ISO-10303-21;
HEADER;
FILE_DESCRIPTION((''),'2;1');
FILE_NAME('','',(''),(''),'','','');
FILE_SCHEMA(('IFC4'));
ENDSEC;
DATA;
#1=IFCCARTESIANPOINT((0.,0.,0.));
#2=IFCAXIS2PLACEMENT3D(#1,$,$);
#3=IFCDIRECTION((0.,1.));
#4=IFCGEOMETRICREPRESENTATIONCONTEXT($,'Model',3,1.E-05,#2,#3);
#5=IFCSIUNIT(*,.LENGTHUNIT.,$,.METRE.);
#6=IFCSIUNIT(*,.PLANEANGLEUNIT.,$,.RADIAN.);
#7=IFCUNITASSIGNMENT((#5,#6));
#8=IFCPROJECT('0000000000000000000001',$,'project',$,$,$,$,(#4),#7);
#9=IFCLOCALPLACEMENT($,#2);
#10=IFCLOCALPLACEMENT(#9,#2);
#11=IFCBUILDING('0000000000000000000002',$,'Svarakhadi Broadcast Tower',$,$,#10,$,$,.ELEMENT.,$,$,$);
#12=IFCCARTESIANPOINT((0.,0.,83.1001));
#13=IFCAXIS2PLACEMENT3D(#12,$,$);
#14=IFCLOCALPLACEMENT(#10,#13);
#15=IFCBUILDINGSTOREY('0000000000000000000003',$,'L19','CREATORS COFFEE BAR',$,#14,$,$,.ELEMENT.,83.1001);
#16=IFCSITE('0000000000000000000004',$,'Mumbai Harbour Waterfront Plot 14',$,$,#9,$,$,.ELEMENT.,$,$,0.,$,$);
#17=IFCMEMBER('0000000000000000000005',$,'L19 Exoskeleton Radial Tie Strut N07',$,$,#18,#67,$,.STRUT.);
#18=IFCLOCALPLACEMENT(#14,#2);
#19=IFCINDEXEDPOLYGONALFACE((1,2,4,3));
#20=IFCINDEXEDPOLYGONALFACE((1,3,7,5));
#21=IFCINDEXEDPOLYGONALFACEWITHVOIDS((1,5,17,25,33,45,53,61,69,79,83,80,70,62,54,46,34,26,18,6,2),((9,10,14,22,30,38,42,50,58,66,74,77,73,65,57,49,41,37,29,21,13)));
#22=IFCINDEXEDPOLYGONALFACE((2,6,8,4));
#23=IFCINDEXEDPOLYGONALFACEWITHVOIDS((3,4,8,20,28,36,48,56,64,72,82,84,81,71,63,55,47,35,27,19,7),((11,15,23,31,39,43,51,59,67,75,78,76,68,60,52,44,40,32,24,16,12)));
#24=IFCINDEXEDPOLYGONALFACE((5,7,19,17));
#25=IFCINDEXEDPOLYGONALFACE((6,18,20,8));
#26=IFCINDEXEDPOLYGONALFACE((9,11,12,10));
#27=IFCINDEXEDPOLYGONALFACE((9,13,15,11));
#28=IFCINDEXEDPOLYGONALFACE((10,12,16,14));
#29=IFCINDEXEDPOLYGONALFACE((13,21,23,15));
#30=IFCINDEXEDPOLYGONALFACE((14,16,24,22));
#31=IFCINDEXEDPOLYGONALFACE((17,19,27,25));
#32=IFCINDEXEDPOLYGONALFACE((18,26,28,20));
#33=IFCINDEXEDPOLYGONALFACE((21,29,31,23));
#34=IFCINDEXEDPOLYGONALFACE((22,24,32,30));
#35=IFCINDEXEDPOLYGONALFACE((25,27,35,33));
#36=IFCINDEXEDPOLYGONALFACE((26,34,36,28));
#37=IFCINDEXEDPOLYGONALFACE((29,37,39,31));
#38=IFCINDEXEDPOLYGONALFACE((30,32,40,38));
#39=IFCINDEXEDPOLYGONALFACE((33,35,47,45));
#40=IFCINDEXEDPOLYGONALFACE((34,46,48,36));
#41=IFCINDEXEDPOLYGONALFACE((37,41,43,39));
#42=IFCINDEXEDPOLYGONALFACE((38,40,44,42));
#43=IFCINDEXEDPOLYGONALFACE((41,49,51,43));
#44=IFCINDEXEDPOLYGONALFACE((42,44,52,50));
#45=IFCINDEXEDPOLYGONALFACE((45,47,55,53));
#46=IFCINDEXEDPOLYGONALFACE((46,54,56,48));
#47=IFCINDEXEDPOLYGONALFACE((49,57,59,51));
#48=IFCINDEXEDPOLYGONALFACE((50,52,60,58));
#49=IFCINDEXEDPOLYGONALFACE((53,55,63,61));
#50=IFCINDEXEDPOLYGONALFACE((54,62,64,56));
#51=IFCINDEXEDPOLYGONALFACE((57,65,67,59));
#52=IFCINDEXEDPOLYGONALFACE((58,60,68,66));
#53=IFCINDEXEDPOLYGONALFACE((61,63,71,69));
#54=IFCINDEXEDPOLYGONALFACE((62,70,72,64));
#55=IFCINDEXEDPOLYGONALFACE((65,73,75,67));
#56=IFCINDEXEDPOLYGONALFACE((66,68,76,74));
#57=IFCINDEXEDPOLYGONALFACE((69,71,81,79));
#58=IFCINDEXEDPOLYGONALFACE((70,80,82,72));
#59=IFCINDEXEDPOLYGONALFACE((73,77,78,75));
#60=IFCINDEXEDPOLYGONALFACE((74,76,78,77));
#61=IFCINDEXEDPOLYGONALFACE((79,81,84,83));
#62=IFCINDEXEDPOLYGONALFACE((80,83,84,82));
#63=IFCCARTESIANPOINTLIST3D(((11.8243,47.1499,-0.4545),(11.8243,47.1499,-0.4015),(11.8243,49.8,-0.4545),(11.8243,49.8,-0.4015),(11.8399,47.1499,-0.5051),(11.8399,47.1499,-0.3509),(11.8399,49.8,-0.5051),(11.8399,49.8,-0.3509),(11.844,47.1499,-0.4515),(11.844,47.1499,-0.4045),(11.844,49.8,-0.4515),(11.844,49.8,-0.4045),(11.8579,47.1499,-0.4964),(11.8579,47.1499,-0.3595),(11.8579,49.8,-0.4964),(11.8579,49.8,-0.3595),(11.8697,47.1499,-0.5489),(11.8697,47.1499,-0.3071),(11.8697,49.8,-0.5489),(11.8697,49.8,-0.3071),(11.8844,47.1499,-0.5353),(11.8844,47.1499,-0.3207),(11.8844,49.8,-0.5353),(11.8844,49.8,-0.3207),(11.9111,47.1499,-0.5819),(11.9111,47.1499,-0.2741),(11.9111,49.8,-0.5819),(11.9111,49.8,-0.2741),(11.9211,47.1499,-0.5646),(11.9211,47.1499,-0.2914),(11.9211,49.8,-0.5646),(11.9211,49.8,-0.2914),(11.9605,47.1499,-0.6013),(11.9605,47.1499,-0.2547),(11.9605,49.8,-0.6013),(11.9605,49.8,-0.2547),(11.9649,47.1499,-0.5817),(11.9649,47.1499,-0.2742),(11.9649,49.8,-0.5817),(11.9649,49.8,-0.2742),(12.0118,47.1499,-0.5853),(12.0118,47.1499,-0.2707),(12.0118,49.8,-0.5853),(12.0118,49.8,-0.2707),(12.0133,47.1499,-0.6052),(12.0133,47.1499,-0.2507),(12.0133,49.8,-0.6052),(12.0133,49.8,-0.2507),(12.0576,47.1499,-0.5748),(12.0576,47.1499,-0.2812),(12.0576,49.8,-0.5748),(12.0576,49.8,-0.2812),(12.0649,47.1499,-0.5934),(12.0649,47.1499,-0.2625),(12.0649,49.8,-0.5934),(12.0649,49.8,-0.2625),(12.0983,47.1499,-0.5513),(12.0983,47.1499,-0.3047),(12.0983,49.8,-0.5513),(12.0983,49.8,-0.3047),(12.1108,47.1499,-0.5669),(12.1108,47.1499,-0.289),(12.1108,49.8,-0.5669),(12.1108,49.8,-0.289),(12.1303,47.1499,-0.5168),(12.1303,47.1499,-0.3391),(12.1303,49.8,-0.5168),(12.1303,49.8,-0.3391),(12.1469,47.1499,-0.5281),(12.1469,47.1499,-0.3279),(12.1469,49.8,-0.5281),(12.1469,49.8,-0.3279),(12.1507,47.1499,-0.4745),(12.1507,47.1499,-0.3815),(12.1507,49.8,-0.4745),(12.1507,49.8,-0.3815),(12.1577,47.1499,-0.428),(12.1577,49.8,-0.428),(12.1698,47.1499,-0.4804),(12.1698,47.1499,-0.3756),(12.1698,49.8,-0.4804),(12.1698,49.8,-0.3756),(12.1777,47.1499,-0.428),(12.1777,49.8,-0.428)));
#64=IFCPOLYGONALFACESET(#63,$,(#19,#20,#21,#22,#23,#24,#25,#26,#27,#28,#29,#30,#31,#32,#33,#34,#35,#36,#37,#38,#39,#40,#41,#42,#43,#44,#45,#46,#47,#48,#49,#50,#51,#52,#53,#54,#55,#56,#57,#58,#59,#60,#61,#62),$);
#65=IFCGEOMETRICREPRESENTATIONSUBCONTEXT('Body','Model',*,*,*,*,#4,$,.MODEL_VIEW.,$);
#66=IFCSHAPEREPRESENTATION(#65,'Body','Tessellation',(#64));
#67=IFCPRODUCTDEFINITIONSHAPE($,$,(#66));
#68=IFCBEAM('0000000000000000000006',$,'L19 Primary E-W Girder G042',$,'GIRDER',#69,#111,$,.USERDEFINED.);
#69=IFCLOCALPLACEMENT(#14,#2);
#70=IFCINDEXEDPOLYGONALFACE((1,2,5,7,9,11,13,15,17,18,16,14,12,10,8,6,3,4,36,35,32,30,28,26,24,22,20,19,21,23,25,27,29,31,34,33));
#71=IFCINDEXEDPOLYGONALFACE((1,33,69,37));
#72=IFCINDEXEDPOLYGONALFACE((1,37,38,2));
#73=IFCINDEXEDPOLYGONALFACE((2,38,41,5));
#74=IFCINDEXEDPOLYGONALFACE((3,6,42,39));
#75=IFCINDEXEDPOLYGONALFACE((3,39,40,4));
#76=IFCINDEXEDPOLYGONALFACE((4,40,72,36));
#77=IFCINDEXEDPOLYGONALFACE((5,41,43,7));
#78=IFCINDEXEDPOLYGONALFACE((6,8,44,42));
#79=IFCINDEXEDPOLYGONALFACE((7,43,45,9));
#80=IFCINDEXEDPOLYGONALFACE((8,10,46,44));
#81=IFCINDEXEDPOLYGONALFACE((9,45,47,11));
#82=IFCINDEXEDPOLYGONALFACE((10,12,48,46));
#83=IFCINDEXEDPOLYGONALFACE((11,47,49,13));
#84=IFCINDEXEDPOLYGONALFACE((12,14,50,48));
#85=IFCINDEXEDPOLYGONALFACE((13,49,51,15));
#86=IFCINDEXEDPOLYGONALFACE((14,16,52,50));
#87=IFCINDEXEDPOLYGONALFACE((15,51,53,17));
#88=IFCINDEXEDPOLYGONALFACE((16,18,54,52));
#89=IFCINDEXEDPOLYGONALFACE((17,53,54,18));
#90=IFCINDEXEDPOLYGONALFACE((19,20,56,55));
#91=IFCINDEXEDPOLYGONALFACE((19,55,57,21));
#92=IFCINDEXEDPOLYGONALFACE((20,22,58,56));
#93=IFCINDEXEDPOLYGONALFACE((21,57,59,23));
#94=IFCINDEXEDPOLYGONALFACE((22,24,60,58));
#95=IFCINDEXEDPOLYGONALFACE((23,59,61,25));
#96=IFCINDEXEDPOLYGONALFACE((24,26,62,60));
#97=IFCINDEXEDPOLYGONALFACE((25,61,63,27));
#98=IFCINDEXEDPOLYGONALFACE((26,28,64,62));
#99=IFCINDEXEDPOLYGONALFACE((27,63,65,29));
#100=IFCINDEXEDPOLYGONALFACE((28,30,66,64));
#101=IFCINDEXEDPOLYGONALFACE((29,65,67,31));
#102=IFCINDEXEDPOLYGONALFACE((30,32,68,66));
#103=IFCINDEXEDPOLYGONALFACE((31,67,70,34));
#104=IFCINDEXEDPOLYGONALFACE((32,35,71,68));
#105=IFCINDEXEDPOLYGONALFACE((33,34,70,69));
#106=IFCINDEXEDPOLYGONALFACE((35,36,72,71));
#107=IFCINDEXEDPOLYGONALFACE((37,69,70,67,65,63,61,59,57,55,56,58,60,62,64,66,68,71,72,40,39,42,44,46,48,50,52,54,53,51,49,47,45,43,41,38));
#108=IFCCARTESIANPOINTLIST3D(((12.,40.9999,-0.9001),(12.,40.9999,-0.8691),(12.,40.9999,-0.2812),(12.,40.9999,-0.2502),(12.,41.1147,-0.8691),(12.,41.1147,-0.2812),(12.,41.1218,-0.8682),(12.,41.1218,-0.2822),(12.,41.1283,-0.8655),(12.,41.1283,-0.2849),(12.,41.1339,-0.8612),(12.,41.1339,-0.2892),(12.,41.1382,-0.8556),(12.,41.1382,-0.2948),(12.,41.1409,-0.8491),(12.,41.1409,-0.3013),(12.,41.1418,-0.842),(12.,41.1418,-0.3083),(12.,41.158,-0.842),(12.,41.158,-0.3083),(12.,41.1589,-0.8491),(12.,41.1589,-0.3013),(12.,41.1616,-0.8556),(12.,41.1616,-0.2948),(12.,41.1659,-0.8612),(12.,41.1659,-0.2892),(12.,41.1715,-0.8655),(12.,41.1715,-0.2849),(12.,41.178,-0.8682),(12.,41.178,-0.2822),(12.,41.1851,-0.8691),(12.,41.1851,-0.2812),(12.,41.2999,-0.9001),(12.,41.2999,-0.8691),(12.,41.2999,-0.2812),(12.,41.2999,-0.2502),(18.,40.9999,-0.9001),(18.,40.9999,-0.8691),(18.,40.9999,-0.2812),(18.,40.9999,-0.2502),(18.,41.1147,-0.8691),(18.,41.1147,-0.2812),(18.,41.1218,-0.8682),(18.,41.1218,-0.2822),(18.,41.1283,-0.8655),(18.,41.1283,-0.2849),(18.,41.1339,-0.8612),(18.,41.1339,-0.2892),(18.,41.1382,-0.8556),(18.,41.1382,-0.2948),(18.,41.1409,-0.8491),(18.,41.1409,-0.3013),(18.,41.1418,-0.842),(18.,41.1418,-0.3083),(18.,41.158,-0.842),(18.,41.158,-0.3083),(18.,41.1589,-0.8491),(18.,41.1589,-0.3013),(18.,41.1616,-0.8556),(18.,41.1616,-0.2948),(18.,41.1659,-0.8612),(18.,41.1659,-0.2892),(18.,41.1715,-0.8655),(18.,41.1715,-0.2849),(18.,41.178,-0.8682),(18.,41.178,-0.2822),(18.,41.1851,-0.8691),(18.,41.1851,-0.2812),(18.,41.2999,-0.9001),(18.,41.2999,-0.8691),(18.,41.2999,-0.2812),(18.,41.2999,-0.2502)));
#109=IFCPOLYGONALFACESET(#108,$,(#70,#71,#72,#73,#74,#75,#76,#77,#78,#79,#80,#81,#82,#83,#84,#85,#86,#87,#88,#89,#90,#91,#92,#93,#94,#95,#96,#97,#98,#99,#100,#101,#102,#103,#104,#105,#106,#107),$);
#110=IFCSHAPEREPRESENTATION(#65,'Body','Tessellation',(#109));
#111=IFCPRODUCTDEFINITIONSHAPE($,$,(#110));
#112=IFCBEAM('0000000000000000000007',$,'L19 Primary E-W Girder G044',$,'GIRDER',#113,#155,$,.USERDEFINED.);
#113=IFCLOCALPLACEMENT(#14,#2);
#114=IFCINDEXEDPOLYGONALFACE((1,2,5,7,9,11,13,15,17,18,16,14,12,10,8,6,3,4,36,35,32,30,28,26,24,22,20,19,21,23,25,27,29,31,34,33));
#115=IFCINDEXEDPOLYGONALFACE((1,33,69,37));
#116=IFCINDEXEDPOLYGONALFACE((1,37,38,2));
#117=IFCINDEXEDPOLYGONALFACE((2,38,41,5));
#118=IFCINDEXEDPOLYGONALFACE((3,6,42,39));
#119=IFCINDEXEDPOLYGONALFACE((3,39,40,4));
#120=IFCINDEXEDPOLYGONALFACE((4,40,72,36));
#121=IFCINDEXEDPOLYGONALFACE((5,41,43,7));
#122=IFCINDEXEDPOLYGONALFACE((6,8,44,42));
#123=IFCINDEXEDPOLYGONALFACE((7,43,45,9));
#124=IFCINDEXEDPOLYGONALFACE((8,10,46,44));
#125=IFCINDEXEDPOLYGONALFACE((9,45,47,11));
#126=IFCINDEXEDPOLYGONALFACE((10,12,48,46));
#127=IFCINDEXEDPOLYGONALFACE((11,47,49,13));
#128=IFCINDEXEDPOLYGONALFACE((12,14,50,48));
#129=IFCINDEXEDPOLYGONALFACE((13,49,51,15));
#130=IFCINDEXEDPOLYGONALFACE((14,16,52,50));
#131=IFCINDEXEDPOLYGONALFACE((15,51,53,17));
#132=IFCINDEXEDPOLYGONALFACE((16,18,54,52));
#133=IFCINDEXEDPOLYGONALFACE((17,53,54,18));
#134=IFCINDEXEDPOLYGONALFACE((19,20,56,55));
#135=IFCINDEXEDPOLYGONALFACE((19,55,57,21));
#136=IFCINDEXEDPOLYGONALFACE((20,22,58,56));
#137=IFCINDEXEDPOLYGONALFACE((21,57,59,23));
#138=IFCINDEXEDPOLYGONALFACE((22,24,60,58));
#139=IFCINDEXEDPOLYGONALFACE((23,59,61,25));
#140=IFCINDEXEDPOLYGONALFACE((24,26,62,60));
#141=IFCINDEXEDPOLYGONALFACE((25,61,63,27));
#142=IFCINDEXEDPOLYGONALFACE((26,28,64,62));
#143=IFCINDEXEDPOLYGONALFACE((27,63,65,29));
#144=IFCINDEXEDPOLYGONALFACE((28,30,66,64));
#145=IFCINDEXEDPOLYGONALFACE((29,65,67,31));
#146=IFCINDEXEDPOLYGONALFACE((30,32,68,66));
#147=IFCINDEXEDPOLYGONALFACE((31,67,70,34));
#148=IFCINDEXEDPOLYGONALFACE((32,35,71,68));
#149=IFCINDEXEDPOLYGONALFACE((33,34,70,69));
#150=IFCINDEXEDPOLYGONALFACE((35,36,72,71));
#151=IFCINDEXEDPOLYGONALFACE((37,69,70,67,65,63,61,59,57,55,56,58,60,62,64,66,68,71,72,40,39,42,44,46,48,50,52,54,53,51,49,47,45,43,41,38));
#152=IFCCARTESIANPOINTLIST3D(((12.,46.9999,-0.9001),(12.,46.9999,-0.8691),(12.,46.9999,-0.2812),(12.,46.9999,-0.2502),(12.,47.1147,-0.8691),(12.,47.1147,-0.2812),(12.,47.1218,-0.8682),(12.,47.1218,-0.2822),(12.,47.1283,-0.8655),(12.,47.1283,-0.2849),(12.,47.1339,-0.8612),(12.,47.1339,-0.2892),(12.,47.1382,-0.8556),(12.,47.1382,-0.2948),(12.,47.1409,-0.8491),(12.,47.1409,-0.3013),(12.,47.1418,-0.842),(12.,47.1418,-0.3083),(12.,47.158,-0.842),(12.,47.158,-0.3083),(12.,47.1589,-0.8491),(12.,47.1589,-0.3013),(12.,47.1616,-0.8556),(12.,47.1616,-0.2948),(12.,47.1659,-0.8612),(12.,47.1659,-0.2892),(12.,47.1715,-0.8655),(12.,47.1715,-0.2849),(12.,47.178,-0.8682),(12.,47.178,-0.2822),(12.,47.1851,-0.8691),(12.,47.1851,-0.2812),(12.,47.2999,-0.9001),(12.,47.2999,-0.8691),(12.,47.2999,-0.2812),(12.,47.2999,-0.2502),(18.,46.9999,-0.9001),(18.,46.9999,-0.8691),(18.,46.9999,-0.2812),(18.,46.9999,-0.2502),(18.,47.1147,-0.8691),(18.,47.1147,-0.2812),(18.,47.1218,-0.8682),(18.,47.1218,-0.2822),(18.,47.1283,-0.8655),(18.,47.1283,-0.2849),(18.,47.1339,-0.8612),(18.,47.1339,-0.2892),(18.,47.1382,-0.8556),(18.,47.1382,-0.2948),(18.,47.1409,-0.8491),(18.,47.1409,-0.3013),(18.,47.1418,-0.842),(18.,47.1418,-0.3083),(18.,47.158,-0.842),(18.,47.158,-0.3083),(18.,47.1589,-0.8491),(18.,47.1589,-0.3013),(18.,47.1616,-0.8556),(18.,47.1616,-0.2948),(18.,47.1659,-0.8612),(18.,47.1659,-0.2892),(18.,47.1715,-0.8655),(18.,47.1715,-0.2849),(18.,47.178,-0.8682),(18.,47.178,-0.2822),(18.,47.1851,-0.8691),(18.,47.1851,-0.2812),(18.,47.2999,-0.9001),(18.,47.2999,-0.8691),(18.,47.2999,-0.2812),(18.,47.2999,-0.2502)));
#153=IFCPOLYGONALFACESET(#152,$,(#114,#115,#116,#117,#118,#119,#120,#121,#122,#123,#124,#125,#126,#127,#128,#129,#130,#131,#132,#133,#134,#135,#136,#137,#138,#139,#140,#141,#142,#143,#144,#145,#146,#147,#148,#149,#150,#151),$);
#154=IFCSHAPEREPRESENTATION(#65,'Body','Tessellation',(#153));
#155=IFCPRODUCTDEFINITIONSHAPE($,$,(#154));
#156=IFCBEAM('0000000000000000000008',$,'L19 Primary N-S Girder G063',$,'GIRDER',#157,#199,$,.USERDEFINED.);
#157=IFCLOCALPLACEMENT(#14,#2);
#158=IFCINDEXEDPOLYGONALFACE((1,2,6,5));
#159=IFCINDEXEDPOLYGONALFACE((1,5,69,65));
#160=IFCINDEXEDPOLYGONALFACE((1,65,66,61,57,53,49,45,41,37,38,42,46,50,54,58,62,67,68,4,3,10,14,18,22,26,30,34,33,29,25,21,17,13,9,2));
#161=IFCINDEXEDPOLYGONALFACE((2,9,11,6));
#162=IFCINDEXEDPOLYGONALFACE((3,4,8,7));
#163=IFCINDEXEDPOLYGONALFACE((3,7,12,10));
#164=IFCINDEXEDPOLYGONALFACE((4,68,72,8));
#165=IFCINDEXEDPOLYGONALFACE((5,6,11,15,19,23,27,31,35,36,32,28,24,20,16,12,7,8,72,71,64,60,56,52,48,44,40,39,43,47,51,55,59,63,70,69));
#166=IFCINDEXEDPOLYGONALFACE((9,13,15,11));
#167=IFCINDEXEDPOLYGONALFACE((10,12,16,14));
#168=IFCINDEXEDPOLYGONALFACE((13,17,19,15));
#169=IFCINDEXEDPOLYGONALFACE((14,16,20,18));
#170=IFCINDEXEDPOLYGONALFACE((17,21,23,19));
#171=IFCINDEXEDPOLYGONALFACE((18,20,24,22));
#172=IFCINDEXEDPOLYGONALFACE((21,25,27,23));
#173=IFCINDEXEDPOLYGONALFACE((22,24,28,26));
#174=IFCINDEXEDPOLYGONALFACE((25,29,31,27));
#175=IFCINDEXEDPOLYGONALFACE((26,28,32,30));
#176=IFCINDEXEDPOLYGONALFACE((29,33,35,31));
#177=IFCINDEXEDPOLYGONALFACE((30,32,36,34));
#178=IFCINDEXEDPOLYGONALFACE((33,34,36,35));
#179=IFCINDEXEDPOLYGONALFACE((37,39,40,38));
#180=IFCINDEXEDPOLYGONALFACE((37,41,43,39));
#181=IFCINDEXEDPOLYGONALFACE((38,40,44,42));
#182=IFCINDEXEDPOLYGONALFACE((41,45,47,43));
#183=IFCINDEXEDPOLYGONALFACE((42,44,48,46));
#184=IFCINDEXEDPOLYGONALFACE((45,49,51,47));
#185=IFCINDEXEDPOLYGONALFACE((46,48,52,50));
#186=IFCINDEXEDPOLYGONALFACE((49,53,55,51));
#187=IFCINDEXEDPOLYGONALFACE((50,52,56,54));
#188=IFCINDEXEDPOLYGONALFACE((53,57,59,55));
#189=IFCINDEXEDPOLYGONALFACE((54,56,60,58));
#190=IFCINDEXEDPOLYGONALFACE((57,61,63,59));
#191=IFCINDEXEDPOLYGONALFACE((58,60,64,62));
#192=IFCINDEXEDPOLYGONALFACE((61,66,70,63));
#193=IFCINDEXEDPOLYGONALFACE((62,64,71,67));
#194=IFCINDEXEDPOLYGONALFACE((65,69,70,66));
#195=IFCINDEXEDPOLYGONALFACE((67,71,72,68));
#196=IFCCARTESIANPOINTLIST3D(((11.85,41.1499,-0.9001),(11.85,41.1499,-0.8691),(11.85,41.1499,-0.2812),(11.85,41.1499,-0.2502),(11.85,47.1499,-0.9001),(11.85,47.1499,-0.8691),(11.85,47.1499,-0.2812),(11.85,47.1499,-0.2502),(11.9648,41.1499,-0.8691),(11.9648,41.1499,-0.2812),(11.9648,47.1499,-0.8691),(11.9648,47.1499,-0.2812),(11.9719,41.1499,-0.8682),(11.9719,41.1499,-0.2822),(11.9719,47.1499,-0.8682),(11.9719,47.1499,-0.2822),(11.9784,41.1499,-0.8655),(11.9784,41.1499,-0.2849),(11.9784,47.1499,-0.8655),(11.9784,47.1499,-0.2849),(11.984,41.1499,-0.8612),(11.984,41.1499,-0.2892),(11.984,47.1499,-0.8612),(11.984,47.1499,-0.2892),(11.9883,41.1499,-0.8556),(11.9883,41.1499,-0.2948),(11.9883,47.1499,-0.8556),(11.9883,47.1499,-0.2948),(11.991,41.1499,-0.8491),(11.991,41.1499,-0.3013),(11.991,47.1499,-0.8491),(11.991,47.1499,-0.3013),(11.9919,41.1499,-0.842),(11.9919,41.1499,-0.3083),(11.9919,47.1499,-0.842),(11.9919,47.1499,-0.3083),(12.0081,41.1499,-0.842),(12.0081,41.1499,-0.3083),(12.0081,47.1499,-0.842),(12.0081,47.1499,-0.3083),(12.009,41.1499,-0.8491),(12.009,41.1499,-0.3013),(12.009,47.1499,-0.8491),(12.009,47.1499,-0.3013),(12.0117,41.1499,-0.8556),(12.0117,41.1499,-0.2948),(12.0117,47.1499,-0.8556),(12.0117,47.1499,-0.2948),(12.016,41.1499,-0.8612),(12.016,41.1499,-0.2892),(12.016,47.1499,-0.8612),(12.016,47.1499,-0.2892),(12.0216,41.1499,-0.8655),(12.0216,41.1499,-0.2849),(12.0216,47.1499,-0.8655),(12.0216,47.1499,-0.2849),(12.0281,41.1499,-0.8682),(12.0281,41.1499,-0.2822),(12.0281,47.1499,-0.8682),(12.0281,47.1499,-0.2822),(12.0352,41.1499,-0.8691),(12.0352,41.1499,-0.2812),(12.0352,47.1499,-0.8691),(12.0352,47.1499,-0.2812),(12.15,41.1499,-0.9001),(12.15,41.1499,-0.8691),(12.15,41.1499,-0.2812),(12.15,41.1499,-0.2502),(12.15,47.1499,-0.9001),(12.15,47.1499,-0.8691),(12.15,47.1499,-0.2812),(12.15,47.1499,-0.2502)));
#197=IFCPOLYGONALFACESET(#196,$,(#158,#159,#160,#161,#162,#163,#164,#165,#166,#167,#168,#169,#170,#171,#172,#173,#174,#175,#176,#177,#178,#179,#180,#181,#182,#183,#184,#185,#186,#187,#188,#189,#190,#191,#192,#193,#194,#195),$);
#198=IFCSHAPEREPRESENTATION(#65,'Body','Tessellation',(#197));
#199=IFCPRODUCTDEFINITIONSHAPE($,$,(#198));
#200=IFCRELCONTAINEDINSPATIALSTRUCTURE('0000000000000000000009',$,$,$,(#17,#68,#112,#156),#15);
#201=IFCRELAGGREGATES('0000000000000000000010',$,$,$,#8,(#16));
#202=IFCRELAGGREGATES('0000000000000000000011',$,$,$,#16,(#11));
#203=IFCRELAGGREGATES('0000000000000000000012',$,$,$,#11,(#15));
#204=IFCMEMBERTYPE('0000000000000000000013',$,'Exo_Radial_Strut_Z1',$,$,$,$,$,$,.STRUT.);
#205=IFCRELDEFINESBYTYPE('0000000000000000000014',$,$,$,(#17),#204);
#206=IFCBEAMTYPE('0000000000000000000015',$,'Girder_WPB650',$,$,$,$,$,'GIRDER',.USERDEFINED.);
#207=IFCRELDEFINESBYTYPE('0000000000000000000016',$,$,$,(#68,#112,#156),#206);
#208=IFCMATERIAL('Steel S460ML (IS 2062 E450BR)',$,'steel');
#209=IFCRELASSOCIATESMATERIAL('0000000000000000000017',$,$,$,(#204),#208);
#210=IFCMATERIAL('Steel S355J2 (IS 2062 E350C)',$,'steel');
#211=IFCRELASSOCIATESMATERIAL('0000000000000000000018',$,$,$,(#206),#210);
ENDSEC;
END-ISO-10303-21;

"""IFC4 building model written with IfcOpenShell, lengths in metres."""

from ifc_helpers import new_model, si_unit, direction, frame, origin, origin_2d, place, context, subcontext, project, spatial, hollow_circle, i_section, extrude, material, material_profile, profile_set, type_object, element, save


model = new_model("IFC4")

# Units and contexts
model_context = context("Model", 3, precision=1e-05, world=origin(), true_north=direction((0.0, 1.0)))
body_context = subcontext(model_context, "Body", "Model", "MODEL_VIEW")
ifc_project = project(units=[si_unit("LENGTHUNIT", "METRE"), si_unit("PLANEANGLEUNIT", "RADIAN")], contexts=[model_context])

# Site, building, storey
site_placement = place(None, origin())
site = spatial("IfcSite", under=ifc_project, at=site_placement, Name="Mumbai Harbour Waterfront Plot 14", CompositionType="ELEMENT", RefElevation=0.0)
building_placement = place(site_placement, origin())
building = spatial("IfcBuilding", under=site, at=building_placement, Name="Svarakhadi Broadcast Tower", CompositionType="ELEMENT")
storey_placement = place(building_placement, frame((0.0, 0.0, 83.1001)))
storey = spatial("IfcBuildingStorey", under=building, at=storey_placement, Name="L19", Description="CREATORS COFFEE BAR", CompositionType="ELEMENT", Elevation=83.1001)

# Shared definitions
ifc_material_1 = material(Name="Steel S460ML (IS 2062 E450BR)", Category="steel")

# Shared definitions
ifc_material_2 = material(Name="Steel S355J2 (IS 2062 E350C)", Category="steel")

# Member
ifc_material_profile_1 = material_profile(ifc_material_1, hollow_circle(Radius=0.1777, WallThickness=0.02, at=origin_2d()), Name="CHS 355.6x20")
ifc_profile_set_1 = profile_set([ifc_material_profile_1], Name="Steel S460ML (IS 2062 E450BR)")
member_type_1 = type_object("IfcMemberType", Name="Exo_Radial_Strut_Z1", PredefinedType="STRUT", material=ifc_profile_set_1)
member_1_placement = place(storey_placement, frame((12.0, 49.8, -0.428), z_axis=(0.0, -1.0, 0.0), x_axis=(1.0, 0.0, 0.0)))
element("IfcMember", 1, at=member_1_placement, inside=storey, type_object=member_type_1, Name="L19 Exoskeleton Radial Tie Strut N07", PredefinedType="STRUT", context=body_context, shape_type="SweptSolid", body=[
    extrude(hollow_circle(Radius=0.1777, WallThickness=0.02, at=origin_2d()), origin(), (0.0, 0.0, 1.0), 2.6501),
])

# Beams
ifc_material_profile_2 = material_profile(ifc_material_2, i_section(OverallWidth=0.3, OverallDepth=0.6499, WebThickness=0.0161, FlangeThickness=0.031, FilletRadius=0.0271, at=origin_2d()), Name="WPB 650x300x225")
ifc_profile_set_2 = profile_set([ifc_material_profile_2], Name="Steel S355J2 (IS 2062 E350C)")
beam_type_1 = type_object("IfcBeamType", Name="Girder_WPB650", ElementType="GIRDER", PredefinedType="USERDEFINED", material=ifc_profile_set_2)
for number, where, z_axis, x_axis, name in (
    (2, (12.0, 41.1499, -0.5752), (1.0, 0.0, 0.0), (0.0, 1.0, 0.0), "L19 Primary E-W Girder G042"),
    (3, (12.0, 47.1499, -0.5752), (1.0, 0.0, 0.0), (0.0, 1.0, 0.0), "L19 Primary E-W Girder G044"),
    (4, (12.0, 41.1499, -0.5752), (0.0, 1.0, 0.0), (-1.0, 0.0, 0.0), "L19 Primary N-S Girder G063"),
):
    element("IfcBeam", number, at=place(storey_placement, frame(where, z_axis=z_axis, x_axis=x_axis)), inside=storey, type_object=beam_type_1, Name=name, ObjectType="GIRDER", PredefinedType="USERDEFINED", context=body_context, shape_type="SweptSolid", body=[
        extrude(i_section(OverallWidth=0.3, OverallDepth=0.6499, WebThickness=0.0161, FlangeThickness=0.031, FilletRadius=0.0271, at=origin_2d()), origin(), (0.0, 0.0, 1.0), 6.0),
    ])

save(model, "model.ifc")
